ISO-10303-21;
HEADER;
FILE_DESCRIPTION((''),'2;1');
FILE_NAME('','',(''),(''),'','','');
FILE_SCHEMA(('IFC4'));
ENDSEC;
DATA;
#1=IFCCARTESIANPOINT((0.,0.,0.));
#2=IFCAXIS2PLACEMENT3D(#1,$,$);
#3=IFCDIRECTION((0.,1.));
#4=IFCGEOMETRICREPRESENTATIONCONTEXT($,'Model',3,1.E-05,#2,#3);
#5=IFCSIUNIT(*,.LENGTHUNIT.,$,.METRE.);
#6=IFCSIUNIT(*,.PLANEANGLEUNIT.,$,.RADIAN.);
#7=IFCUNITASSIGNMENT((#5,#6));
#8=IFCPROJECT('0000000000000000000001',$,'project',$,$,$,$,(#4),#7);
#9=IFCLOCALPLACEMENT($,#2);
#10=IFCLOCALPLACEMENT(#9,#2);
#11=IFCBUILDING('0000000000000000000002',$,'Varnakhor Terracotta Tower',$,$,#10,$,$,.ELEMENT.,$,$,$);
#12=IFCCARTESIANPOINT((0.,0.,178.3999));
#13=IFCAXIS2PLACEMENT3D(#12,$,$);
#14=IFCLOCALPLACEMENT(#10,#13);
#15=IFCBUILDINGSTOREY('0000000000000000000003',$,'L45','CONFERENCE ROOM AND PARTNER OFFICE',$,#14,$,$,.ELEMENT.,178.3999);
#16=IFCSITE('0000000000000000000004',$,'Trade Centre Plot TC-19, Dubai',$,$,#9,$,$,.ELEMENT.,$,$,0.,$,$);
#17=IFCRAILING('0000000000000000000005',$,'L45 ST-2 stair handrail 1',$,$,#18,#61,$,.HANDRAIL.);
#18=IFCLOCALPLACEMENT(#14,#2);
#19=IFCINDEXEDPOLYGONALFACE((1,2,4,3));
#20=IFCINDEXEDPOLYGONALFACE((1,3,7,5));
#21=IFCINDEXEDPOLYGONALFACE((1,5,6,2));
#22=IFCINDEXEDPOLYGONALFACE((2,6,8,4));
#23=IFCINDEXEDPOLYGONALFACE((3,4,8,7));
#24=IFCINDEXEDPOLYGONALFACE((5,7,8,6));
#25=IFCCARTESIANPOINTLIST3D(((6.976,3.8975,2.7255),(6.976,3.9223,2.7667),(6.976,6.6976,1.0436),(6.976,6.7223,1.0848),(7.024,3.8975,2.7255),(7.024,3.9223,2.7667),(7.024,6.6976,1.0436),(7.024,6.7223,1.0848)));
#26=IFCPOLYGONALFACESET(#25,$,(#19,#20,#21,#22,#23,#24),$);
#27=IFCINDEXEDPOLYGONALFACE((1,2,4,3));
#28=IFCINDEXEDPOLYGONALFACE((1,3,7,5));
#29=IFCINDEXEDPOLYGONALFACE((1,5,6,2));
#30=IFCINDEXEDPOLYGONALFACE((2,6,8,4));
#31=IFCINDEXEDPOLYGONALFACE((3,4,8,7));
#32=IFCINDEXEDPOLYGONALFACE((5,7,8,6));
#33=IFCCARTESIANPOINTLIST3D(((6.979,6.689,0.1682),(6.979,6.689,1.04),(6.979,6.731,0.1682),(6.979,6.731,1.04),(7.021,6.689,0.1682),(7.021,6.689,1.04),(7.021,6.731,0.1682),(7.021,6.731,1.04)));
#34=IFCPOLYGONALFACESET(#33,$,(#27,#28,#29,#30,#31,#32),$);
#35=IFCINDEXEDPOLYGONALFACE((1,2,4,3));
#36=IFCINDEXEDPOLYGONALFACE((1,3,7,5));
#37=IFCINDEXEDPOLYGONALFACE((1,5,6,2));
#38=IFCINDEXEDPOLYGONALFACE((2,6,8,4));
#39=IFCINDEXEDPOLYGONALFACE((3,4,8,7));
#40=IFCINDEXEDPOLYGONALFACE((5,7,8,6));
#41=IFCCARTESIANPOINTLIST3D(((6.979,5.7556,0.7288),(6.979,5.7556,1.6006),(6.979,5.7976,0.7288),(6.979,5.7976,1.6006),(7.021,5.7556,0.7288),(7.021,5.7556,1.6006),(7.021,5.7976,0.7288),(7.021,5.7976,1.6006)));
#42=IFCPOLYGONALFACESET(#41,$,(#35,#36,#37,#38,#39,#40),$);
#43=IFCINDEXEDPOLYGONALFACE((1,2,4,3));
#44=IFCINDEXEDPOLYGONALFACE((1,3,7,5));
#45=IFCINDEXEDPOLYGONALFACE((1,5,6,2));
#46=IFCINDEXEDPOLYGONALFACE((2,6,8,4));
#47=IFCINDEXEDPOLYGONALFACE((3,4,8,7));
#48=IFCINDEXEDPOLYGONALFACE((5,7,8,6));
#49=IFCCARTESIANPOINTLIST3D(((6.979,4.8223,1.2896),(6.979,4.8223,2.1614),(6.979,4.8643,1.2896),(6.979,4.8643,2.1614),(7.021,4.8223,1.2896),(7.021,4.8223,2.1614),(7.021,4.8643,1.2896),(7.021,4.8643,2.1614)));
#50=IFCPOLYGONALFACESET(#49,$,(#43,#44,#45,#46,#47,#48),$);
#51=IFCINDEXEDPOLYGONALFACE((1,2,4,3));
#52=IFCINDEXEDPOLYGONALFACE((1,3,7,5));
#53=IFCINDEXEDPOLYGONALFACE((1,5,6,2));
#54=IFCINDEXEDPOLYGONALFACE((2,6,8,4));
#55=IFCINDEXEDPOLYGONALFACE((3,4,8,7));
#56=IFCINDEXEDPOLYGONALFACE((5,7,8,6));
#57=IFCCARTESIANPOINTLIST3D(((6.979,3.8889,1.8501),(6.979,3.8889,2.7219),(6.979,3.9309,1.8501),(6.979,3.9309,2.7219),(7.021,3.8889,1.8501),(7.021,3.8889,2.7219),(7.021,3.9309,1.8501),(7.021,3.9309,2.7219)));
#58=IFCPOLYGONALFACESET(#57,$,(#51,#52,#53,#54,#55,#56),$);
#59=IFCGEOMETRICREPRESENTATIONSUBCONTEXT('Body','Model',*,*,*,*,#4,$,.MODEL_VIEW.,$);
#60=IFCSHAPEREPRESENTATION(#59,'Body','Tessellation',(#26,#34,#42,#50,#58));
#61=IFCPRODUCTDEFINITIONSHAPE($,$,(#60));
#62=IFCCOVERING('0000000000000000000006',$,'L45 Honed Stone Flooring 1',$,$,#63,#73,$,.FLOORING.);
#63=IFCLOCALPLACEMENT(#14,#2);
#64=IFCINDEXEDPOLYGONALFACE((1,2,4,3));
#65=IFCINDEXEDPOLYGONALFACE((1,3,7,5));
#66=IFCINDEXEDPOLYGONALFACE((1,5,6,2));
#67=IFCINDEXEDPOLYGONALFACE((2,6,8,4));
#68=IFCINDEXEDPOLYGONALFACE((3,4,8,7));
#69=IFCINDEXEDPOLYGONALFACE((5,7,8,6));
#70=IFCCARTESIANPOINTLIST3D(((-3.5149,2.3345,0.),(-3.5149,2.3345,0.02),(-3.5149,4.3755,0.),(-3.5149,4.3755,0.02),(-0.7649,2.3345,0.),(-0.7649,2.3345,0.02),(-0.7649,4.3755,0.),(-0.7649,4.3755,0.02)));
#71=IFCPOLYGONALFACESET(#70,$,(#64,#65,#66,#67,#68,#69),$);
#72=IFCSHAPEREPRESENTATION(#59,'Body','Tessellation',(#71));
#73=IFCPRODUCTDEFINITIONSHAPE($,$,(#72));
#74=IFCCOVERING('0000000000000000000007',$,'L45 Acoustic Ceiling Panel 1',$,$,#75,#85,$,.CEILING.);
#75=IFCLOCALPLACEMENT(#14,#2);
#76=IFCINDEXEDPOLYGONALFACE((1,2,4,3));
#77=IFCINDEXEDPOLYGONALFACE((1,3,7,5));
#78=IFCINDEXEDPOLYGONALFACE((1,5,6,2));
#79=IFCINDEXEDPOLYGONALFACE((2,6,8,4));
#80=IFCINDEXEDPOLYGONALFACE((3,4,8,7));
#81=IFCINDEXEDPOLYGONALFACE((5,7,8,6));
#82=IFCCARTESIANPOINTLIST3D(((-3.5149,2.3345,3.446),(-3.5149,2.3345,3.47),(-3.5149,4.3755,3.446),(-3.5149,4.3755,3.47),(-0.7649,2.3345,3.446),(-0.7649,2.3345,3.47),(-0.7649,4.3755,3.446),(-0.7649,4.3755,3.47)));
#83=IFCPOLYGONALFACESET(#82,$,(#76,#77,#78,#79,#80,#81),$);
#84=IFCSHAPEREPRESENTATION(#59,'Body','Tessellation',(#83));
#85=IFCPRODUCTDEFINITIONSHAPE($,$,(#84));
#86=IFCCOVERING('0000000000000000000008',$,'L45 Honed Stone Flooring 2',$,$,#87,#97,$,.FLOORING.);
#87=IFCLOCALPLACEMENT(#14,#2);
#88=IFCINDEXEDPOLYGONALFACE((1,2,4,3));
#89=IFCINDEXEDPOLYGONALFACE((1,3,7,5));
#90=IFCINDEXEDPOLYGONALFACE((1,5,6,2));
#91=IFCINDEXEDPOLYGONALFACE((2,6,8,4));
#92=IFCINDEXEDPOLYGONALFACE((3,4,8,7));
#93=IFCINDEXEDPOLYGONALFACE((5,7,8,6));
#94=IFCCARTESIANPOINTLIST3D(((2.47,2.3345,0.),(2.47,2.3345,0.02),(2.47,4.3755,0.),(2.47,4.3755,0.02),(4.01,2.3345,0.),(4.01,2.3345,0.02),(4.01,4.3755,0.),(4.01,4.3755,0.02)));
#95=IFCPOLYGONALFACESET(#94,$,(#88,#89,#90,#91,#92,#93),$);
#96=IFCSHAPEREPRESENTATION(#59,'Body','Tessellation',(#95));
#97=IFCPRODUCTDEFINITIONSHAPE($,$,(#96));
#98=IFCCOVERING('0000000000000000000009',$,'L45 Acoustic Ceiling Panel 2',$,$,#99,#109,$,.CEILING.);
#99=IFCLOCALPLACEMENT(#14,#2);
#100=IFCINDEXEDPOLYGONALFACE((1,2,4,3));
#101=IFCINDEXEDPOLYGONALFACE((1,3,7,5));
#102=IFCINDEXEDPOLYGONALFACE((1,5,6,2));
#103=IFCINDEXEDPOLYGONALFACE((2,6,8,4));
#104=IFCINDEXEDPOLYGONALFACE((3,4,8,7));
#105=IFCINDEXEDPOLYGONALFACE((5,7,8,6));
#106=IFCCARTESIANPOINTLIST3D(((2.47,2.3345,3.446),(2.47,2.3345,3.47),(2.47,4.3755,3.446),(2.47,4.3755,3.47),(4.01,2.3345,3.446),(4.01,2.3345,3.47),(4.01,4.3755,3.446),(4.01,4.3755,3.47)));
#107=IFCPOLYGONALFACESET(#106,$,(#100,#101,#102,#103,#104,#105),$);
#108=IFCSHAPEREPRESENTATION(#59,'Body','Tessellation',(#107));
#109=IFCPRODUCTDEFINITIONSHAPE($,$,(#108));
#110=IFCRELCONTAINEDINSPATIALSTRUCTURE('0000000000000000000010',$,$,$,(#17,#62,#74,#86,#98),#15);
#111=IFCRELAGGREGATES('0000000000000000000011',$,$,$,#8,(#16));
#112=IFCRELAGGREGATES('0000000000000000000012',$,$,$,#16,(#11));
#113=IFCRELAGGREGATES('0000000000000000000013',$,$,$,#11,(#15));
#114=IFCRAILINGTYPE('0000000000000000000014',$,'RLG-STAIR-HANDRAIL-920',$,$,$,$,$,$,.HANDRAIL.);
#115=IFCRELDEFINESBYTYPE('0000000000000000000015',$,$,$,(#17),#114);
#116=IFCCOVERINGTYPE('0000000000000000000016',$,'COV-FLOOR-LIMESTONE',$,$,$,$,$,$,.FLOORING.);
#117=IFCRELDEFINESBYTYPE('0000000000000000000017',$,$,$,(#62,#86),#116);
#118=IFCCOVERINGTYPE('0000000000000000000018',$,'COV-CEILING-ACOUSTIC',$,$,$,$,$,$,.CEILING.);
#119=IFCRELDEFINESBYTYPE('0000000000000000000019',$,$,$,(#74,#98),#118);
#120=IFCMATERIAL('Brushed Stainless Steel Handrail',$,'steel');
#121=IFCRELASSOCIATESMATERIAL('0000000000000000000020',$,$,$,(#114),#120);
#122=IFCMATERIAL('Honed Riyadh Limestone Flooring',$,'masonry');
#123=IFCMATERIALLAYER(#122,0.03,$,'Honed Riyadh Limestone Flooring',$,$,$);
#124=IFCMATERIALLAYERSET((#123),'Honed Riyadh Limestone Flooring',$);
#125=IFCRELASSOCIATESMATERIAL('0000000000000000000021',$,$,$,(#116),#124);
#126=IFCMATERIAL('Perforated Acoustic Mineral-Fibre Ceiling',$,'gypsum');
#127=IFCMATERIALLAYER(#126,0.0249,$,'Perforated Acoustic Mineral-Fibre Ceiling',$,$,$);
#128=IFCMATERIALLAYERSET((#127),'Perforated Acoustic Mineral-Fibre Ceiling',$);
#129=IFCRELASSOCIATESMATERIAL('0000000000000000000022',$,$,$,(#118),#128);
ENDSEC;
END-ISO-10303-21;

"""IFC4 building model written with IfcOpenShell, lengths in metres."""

from ifc_helpers import new_model, si_unit, direction, frame, origin, origin_2d, place, context, subcontext, project, spatial, rectangle, extrude, source, transform, mapped, material, layer, layer_set, type_object, element, save


model = new_model("IFC4")

# Units and contexts
model_context = context("Model", 3, precision=1e-05, world=origin(), true_north=direction((0.0, 1.0)))
body_context = subcontext(model_context, "Body", "Model", "MODEL_VIEW")
ifc_project = project(units=[si_unit("LENGTHUNIT", "METRE"), si_unit("PLANEANGLEUNIT", "RADIAN")], contexts=[model_context])

# Site, building, storey
site_placement = place(None, origin())
site = spatial("IfcSite", under=ifc_project, at=site_placement, Name="Trade Centre Plot TC-19, Dubai", CompositionType="ELEMENT", RefElevation=0.0)
building_placement = place(site_placement, origin())
building = spatial("IfcBuilding", under=site, at=building_placement, Name="Varnakhor Terracotta Tower", CompositionType="ELEMENT")
storey_placement = place(building_placement, frame((0.0, 0.0, 178.3999)))
storey = spatial("IfcBuildingStorey", under=building, at=storey_placement, Name="L45", Description="CONFERENCE ROOM AND PARTNER OFFICE", CompositionType="ELEMENT", Elevation=178.3999)

# Railing
ifc_material_1 = material(Name="Brushed Stainless Steel Handrail", Category="steel")
railing_type_1 = type_object("IfcRailingType", Name="RLG-STAIR-HANDRAIL-920", PredefinedType="HANDRAIL", material=ifc_material_1)
railing_1_placement = place(storey_placement, frame((7.0, 6.71, 0.1682)))
element("IfcRailing", 1, at=railing_1_placement, inside=storey, type_object=railing_type_1, Name="L45 ST-2 stair handrail 1", PredefinedType="HANDRAIL", context=body_context, shape_type="SweptSolid", body=[
    extrude(rectangle(XDim=0.0481, YDim=0.0481, at=origin_2d()), frame((0.0, 0.0, 0.896), z_axis=(0.0, -0.857242, 0.514913), x_axis=(1.0, 0.0, 0.0)), (0.0, 0.0, 1.0), 3.2664),
    extrude(rectangle(XDim=0.042, YDim=0.042, at=origin_2d()), origin(), (0.0, 0.0, 1.0), 0.8718),
    extrude(rectangle(XDim=0.042, YDim=0.042, at=origin_2d()), frame((0.0, -0.9333, 0.5605)), (0.0, 0.0, 1.0), 0.8718),
    extrude(rectangle(XDim=0.042, YDim=0.042, at=origin_2d()), frame((0.0, -1.8667, 1.1213)), (0.0, 0.0, 1.0), 0.8718),
    extrude(rectangle(XDim=0.042, YDim=0.042, at=origin_2d()), frame((0.0, -2.8, 1.6819)), (0.0, 0.0, 1.0), 0.8718),
])

# Coverings
ifc_material_2 = material(Name="Honed Riyadh Limestone Flooring", Category="masonry")
ifc_layer_1 = layer(ifc_material_2, 0.03, Name="Honed Riyadh Limestone Flooring")
ifc_layer_set_1 = layer_set([ifc_layer_1], Name="Honed Riyadh Limestone Flooring")
covering_type_1 = type_object("IfcCoveringType", Name="COV-FLOOR-LIMESTONE", PredefinedType="FLOORING", material=ifc_layer_set_1)
shared_shape_1 = source(origin(), body_context, "Body", "SweptSolid", [
    extrude(rectangle(XDim=2.75, YDim=2.041, at=origin_2d()), origin(), (0.0, 0.0, 1.0), 0.02),
])
covering_1_placement = place(storey_placement, frame((-2.1399, 3.355, 0.0), z_axis=(0.0, 0.0, 1.0), x_axis=(1.0, 0.0, 0.0)))
element("IfcCovering", 2, at=covering_1_placement, inside=storey, type_object=covering_type_1, Name="L45 Honed Stone Flooring 1", PredefinedType="FLOORING", context=body_context, shape_type="MappedRepresentation", body=[
    mapped(shared_shape_1, transform((0.0, 0.0, 0.0), scale=1.0)),
])
ifc_material_3 = material(Name="Perforated Acoustic Mineral-Fibre Ceiling", Category="gypsum")
ifc_layer_2 = layer(ifc_material_3, 0.0249, Name="Perforated Acoustic Mineral-Fibre Ceiling")
ifc_layer_set_2 = layer_set([ifc_layer_2], Name="Perforated Acoustic Mineral-Fibre Ceiling")
covering_type_2 = type_object("IfcCoveringType", Name="COV-CEILING-ACOUSTIC", PredefinedType="CEILING", material=ifc_layer_set_2)
shared_shape_2 = source(origin(), body_context, "Body", "SweptSolid", [
    extrude(rectangle(XDim=2.75, YDim=2.041, at=origin_2d()), origin(), (0.0, 0.0, 1.0), 0.0239),
])
covering_2_placement = place(storey_placement, frame((-2.1399, 3.355, 3.446), z_axis=(0.0, 0.0, 1.0), x_axis=(1.0, 0.0, 0.0)))
element("IfcCovering", 3, at=covering_2_placement, inside=storey, type_object=covering_type_2, Name="L45 Acoustic Ceiling Panel 1", PredefinedType="CEILING", context=body_context, shape_type="MappedRepresentation", body=[
    mapped(shared_shape_2, transform((0.0, 0.0, 0.0), scale=1.0)),
])
shared_shape_3 = source(origin(), body_context, "Body", "SweptSolid", [
    extrude(rectangle(XDim=1.54, YDim=2.041, at=origin_2d()), origin(), (0.0, 0.0, 1.0), 0.02),
])
covering_3_placement = place(storey_placement, frame((3.24, 3.355, 0.0), z_axis=(0.0, 0.0, 1.0), x_axis=(1.0, 0.0, 0.0)))
element("IfcCovering", 4, at=covering_3_placement, inside=storey, type_object=covering_type_1, Name="L45 Honed Stone Flooring 2", PredefinedType="FLOORING", context=body_context, shape_type="MappedRepresentation", body=[
    mapped(shared_shape_3, transform((0.0, 0.0, 0.0), scale=1.0)),
])
shared_shape_4 = source(origin(), body_context, "Body", "SweptSolid", [
    extrude(rectangle(XDim=1.54, YDim=2.041, at=origin_2d()), origin(), (0.0, 0.0, 1.0), 0.0239),
])
covering_4_placement = place(storey_placement, frame((3.24, 3.355, 3.446), z_axis=(0.0, 0.0, 1.0), x_axis=(1.0, 0.0, 0.0)))
element("IfcCovering", 5, at=covering_4_placement, inside=storey, type_object=covering_type_2, Name="L45 Acoustic Ceiling Panel 2", PredefinedType="CEILING", context=body_context, shape_type="MappedRepresentation", body=[
    mapped(shared_shape_4, transform((0.0, 0.0, 0.0), scale=1.0)),
])

save(model, "model.ifc")
